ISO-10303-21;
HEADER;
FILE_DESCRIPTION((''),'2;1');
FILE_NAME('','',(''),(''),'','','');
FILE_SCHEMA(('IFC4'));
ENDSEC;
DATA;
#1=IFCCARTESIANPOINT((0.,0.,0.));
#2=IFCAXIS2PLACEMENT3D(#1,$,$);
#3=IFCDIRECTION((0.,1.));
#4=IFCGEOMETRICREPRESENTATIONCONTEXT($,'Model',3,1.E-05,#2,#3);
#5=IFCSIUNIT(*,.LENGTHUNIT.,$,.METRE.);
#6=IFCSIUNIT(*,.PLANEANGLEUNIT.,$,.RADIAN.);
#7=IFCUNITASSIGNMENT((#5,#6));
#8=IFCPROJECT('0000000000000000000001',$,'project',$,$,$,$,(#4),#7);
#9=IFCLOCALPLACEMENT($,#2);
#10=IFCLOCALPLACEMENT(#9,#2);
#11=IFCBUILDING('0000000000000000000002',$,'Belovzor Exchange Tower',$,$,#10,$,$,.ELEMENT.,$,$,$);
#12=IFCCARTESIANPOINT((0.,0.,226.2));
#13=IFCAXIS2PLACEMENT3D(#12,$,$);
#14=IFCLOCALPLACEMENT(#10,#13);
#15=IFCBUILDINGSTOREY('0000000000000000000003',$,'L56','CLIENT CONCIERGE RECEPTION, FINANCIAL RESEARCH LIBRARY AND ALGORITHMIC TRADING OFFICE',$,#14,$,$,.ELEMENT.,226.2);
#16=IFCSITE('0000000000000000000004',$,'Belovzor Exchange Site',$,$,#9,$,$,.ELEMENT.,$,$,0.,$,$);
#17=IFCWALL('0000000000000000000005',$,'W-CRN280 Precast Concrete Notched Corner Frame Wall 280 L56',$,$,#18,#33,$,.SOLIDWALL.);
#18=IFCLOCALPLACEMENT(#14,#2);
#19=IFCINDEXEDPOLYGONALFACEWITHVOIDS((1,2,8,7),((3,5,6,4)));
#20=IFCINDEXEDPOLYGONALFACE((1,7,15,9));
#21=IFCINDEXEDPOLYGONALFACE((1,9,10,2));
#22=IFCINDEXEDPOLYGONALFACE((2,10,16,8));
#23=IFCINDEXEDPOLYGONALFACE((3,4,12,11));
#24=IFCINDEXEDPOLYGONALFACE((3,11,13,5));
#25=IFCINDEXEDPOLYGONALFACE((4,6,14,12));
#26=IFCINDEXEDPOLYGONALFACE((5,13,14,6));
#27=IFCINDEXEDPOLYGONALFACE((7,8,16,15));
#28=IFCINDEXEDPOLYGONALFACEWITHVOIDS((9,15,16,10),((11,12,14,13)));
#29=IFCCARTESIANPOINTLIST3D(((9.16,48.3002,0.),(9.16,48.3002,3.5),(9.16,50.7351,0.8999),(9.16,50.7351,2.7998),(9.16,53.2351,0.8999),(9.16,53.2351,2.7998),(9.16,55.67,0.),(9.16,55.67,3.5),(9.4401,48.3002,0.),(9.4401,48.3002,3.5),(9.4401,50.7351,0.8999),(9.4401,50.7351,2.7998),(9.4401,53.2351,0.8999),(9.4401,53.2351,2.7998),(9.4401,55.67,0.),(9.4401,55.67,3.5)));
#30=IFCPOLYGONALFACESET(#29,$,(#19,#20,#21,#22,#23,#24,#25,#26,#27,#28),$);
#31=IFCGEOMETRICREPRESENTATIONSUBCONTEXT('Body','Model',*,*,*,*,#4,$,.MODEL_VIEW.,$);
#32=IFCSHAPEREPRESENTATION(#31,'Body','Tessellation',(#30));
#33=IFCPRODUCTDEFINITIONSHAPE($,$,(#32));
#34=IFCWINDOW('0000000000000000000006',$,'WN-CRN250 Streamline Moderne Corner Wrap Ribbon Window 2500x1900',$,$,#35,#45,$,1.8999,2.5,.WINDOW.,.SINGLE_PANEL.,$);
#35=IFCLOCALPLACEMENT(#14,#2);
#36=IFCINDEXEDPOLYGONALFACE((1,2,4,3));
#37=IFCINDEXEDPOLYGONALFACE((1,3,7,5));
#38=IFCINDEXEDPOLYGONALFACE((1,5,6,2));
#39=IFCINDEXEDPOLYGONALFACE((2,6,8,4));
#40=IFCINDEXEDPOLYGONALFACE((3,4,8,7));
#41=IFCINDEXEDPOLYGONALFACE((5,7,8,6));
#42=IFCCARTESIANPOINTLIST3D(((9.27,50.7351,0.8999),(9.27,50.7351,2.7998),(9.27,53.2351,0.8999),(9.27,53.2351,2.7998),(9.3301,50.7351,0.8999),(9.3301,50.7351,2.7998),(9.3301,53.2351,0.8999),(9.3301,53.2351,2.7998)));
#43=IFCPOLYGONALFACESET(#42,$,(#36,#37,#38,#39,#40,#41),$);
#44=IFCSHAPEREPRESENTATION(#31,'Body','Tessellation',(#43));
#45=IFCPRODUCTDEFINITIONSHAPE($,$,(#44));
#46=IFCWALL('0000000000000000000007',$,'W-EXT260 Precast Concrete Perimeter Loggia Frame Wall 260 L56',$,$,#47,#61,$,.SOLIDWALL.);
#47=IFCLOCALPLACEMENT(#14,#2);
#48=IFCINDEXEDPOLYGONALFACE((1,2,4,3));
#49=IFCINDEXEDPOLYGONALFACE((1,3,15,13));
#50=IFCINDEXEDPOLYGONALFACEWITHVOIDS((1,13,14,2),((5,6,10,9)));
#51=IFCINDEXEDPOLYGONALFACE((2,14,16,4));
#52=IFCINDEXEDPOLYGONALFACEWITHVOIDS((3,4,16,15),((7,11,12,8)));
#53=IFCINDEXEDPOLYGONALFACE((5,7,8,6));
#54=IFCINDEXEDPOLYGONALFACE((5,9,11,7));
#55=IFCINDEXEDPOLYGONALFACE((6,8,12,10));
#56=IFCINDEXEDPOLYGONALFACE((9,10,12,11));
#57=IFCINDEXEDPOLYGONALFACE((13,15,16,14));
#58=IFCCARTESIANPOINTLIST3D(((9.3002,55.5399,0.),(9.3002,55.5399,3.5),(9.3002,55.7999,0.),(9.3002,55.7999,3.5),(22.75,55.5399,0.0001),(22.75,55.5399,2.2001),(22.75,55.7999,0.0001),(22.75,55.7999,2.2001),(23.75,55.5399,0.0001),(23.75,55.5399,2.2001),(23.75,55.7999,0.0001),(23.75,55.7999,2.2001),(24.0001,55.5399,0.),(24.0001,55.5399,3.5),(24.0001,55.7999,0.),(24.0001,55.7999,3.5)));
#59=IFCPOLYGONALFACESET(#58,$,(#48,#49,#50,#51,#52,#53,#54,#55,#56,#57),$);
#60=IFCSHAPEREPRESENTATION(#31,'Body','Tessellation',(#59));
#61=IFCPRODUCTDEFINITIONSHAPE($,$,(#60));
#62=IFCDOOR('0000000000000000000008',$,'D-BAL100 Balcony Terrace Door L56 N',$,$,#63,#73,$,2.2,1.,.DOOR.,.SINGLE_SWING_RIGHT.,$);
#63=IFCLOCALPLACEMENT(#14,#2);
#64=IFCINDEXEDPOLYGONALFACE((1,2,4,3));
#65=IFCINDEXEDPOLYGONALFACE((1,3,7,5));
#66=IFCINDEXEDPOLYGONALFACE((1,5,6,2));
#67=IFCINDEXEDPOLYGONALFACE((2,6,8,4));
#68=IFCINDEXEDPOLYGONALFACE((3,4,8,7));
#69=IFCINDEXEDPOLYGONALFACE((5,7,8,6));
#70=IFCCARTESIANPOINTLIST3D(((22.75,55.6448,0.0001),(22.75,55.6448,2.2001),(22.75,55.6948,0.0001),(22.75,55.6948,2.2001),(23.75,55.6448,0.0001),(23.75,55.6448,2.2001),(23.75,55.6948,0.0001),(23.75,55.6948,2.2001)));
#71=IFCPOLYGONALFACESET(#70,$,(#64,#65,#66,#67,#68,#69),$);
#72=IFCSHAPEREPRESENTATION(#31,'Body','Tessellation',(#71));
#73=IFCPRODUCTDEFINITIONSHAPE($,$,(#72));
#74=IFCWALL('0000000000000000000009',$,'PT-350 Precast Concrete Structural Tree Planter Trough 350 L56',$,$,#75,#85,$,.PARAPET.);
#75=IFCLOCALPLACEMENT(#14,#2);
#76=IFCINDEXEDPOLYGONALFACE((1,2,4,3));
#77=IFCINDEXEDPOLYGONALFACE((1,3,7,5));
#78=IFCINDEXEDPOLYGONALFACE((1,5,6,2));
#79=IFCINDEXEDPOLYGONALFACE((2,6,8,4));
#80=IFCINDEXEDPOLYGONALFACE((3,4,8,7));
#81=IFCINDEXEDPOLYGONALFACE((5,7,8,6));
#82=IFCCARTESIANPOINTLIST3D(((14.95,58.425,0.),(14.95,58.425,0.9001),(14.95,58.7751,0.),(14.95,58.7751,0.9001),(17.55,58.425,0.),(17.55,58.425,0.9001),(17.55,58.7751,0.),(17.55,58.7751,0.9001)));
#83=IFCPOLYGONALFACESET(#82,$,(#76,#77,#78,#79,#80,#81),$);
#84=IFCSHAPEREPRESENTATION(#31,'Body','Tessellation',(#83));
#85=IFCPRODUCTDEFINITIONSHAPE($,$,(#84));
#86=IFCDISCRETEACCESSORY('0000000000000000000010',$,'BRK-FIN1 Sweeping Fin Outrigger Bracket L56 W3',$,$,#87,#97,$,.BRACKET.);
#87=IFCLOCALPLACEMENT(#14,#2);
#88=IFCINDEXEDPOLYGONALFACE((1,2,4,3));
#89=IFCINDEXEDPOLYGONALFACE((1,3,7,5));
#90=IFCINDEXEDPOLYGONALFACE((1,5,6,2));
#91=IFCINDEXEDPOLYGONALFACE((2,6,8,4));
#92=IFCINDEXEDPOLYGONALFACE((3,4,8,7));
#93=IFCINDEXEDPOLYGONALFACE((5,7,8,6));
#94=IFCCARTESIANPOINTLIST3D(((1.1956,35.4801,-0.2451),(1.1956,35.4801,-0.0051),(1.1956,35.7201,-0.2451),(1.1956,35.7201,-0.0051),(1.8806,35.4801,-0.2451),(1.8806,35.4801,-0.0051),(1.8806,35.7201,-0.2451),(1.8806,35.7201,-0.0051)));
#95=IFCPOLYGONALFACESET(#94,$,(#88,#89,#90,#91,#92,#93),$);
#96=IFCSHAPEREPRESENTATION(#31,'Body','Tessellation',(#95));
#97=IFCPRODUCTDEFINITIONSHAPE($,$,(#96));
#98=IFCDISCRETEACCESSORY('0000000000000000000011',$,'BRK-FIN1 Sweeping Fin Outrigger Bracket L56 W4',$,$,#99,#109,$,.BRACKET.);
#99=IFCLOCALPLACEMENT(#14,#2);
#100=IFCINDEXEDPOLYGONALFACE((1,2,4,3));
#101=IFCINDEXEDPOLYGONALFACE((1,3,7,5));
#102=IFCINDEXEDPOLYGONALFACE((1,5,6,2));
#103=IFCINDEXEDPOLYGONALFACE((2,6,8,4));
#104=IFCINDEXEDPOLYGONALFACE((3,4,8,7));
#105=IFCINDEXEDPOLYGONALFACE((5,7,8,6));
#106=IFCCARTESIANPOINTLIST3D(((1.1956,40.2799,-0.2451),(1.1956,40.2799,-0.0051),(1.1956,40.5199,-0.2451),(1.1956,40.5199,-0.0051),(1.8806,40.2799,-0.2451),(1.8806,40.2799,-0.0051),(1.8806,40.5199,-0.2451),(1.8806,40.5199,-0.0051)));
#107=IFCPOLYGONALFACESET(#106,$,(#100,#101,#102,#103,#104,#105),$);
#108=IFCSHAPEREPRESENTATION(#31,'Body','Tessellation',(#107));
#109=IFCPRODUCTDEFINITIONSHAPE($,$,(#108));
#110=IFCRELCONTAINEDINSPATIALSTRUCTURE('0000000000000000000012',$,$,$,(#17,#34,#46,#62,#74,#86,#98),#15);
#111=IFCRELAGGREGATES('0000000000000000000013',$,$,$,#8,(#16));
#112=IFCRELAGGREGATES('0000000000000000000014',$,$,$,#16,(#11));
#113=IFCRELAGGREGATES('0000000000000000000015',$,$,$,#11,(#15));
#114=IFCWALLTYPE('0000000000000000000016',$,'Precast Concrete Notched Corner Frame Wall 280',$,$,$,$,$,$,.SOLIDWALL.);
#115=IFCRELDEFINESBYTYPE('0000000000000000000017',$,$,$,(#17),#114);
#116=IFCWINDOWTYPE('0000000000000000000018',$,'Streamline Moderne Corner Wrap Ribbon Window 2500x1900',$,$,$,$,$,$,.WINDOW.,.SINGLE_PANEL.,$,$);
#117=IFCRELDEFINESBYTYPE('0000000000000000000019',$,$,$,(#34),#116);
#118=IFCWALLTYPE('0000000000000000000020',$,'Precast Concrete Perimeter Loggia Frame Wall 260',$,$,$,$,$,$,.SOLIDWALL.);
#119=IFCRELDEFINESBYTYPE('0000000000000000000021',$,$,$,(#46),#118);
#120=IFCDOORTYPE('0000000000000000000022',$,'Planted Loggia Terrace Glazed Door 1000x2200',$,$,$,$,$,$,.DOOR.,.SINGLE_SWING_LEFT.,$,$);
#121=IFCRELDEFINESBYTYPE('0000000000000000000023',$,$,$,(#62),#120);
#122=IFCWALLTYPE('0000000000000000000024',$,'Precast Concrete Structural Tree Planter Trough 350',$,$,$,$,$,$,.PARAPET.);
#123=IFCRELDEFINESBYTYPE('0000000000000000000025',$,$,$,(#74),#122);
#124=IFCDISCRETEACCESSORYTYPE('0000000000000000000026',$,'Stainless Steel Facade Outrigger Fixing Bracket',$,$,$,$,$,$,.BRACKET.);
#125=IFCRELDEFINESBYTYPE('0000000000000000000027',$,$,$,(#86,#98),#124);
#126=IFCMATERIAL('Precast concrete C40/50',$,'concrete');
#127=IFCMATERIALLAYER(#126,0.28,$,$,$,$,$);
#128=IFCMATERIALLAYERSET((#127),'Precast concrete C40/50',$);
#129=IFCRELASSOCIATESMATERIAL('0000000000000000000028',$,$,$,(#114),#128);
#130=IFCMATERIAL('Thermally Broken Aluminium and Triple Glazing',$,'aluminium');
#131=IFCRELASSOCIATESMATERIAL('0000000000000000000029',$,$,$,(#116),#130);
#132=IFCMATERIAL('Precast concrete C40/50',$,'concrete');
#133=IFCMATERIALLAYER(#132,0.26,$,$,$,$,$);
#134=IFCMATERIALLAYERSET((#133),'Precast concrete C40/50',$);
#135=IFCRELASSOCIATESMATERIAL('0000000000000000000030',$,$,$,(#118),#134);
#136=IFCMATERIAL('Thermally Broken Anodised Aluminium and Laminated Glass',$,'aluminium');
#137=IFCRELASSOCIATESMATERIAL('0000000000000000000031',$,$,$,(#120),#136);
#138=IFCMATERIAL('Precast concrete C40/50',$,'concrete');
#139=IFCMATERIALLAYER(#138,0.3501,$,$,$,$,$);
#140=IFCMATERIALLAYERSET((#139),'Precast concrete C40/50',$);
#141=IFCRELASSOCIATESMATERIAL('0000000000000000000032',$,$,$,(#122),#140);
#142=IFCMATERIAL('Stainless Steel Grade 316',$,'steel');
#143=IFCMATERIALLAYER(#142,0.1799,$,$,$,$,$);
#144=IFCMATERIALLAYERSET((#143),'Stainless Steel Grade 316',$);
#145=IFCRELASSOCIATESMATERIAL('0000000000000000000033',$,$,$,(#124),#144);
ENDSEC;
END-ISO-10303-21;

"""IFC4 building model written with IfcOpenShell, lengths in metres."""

from ifc_helpers import new_model, si_unit, direction, frame, frame_2d, origin, origin_2d, place, context, subcontext, project, spatial, rectangle, extrude, material, layer, layer_set, type_object, element, fill, save


model = new_model("IFC4")

# Units and contexts
model_context = context("Model", 3, precision=1e-05, world=origin(), true_north=direction((0.0, 1.0)))
body_context = subcontext(model_context, "Body", "Model", "MODEL_VIEW")
ifc_project = project(units=[si_unit("LENGTHUNIT", "METRE"), si_unit("PLANEANGLEUNIT", "RADIAN")], contexts=[model_context])

# Site, building, storey
site_placement = place(None, origin())
site = spatial("IfcSite", under=ifc_project, at=site_placement, Name="Belovzor Exchange Site", CompositionType="ELEMENT", RefElevation=0.0)
building_placement = place(site_placement, origin())
building = spatial("IfcBuilding", under=site, at=building_placement, Name="Belovzor Exchange Tower", CompositionType="ELEMENT")
storey_placement = place(building_placement, frame((0.0, 0.0, 226.2)))
storey = spatial("IfcBuildingStorey", under=building, at=storey_placement, Name="L56", Description="CLIENT CONCIERGE RECEPTION, FINANCIAL RESEARCH LIBRARY AND ALGORITHMIC TRADING OFFICE", CompositionType="ELEMENT", Elevation=226.2)

# Wall, opening, window
ifc_material_1 = material(Name="Precast concrete C40/50", Category="concrete")
ifc_layer_1 = layer(ifc_material_1, 0.28)
ifc_layer_set_1 = layer_set([ifc_layer_1], Name="Precast concrete C40/50")
wall_type_1 = type_object("IfcWallType", Name="Precast Concrete Notched Corner Frame Wall 280", PredefinedType="SOLIDWALL", material=ifc_layer_set_1)
ifc_material_2 = material(Name="Thermally Broken Aluminium and Triple Glazing", Category="aluminium")
window_type = type_object("IfcWindowType", Name="Streamline Moderne Corner Wrap Ribbon Window 2500x1900", PartitioningType="SINGLE_PANEL", PredefinedType="WINDOW", material=ifc_material_2)
wall_1_placement = place(storey_placement, frame((9.3, 48.3, 0.0), z_axis=(0.0, 0.0, 1.0), x_axis=(0.0, 1.0, 0.0)))
wall_1 = element("IfcWall", 1, at=wall_1_placement, inside=storey, type_object=wall_type_1, Name="W-CRN280 Precast Concrete Notched Corner Frame Wall 280 L56", PredefinedType="SOLIDWALL", context=body_context, shape_type="SweptSolid", body=[
    extrude(rectangle(XDim=7.3699, YDim=0.28, at=frame_2d((3.6851, 0.0))), origin(), (0.0, 0.0, 1.0), 3.5),
])
opening_1_placement = place(wall_1_placement, frame((2.4351, 0.0, 0.8999)))
opening_1 = element("IfcOpeningElement", 2, at=opening_1_placement, cuts=wall_1, PredefinedType="OPENING", context=body_context, shape_type="SweptSolid", body=[
    extrude(rectangle(XDim=2.5, YDim=1.8999, at=frame_2d((1.25, 0.95))), frame((0.0, 0.1499, 0.0), z_axis=(0.0, -1.0, 0.0), x_axis=(1.0, 0.0, 0.0)), (0.0, 0.0, 1.0), 0.3),
])
window_1_placement = place(opening_1_placement, origin())
window_1 = element("IfcWindow", 3, at=window_1_placement, inside=storey, type_object=window_type, Name="WN-CRN250 Streamline Moderne Corner Wrap Ribbon Window 2500x1900", OverallHeight=1.8999, OverallWidth=2.5, PartitioningType="SINGLE_PANEL", PredefinedType="WINDOW", context=body_context, shape_type="SweptSolid", body=[
    extrude(rectangle(XDim=2.5, YDim=1.8999, at=frame_2d((1.25, 0.95))), frame((0.0, 0.03, 0.0), z_axis=(0.0, -1.0, 0.0), x_axis=(1.0, 0.0, 0.0)), (0.0, 0.0, 1.0), 0.0601),
])
fill(opening_1, window_1)

# Wall, opening, door
ifc_material_3 = material(Name="Precast concrete C40/50", Category="concrete")
ifc_layer_2 = layer(ifc_material_3, 0.26)
ifc_layer_set_2 = layer_set([ifc_layer_2], Name="Precast concrete C40/50")
wall_type_2 = type_object("IfcWallType", Name="Precast Concrete Perimeter Loggia Frame Wall 260", PredefinedType="SOLIDWALL", material=ifc_layer_set_2)
wall_2_placement = place(storey_placement, frame((9.3, 55.6699, 0.0), z_axis=(0.0, 0.0, 1.0), x_axis=(1.0, 0.0, 0.0)))
wall_2 = element("IfcWall", 4, at=wall_2_placement, inside=storey, type_object=wall_type_2, Name="W-EXT260 Precast Concrete Perimeter Loggia Frame Wall 260 L56", PredefinedType="SOLIDWALL", context=body_context, shape_type="SweptSolid", body=[
    extrude(rectangle(XDim=14.7, YDim=0.26, at=frame_2d((7.3501, 0.0))), origin(), (0.0, 0.0, 1.0), 3.5),
])
opening_2_placement = place(wall_2_placement, frame((13.45, 0.0, 0.0)))
opening_2 = element("IfcOpeningElement", 5, at=opening_2_placement, cuts=wall_2, PredefinedType="OPENING", context=body_context, shape_type="SweptSolid", body=[
    extrude(rectangle(XDim=1.0, YDim=2.2, at=frame_2d((0.5, 1.1001))), frame((0.0, 0.1399, 0.0), z_axis=(0.0, -1.0, 0.0), x_axis=(1.0, 0.0, 0.0)), (0.0, 0.0, 1.0), 0.28),
])
ifc_material_4 = material(Name="Thermally Broken Anodised Aluminium and Laminated Glass", Category="aluminium")
door_type_1 = type_object("IfcDoorType", Name="Planted Loggia Terrace Glazed Door 1000x2200", OperationType="SINGLE_SWING_LEFT", PredefinedType="DOOR", material=ifc_material_4)
door_1_placement = place(opening_2_placement, origin())
door_1 = element("IfcDoor", 6, at=door_1_placement, inside=storey, type_object=door_type_1, Name="D-BAL100 Balcony Terrace Door L56 N", OperationType="SINGLE_SWING_RIGHT", OverallHeight=2.2, OverallWidth=1.0, PredefinedType="DOOR", context=body_context, shape_type="SweptSolid", body=[
    extrude(rectangle(XDim=1.0, YDim=2.2, at=frame_2d((0.5, 1.1001))), frame((0.0, 0.0249, 0.0), z_axis=(0.0, -1.0, 0.0), x_axis=(1.0, 0.0, 0.0)), (0.0, 0.0, 1.0), 0.05),
])
fill(opening_2, door_1)

# Wall
ifc_material_5 = material(Name="Precast concrete C40/50", Category="concrete")
ifc_layer_3 = layer(ifc_material_5, 0.3501)
ifc_layer_set_3 = layer_set([ifc_layer_3], Name="Precast concrete C40/50")
wall_type_3 = type_object("IfcWallType", Name="Precast Concrete Structural Tree Planter Trough 350", PredefinedType="PARAPET", material=ifc_layer_set_3)
wall_3_placement = place(storey_placement, frame((14.95, 58.6001, 0.0), z_axis=(0.0, 0.0, 1.0), x_axis=(1.0, 0.0, 0.0)))
element("IfcWall", 7, at=wall_3_placement, inside=storey, type_object=wall_type_3, Name="PT-350 Precast Concrete Structural Tree Planter Trough 350 L56", PredefinedType="PARAPET", context=body_context, shape_type="SweptSolid", body=[
    extrude(rectangle(XDim=2.6001, YDim=0.3501, at=frame_2d((1.3, 0.0))), origin(), (0.0, 0.0, 1.0), 0.9001),
])

# Discrete accessories
ifc_material_6 = material(Name="Stainless Steel Grade 316", Category="steel")
ifc_layer_4 = layer(ifc_material_6, 0.1799)
ifc_layer_set_4 = layer_set([ifc_layer_4], Name="Stainless Steel Grade 316")
discrete_accessory_type = type_object("IfcDiscreteAccessoryType", Name="Stainless Steel Facade Outrigger Fixing Bracket", PredefinedType="BRACKET", material=ifc_layer_set_4)
for number, where, z_axis, x_axis, name in (
    (8, (1.5381, 35.6001, -0.2451), (0.0, 0.0, 1.0), (1.0, 0.0, 0.0), "BRK-FIN1 Sweeping Fin Outrigger Bracket L56 W3"),
    (9, (1.5381, 40.3999, -0.2451), (0.0, 0.0, 1.0), (1.0, 0.0, 0.0), "BRK-FIN1 Sweeping Fin Outrigger Bracket L56 W4"),
):
    element("IfcDiscreteAccessory", number, at=place(storey_placement, frame(where, z_axis=z_axis, x_axis=x_axis)), inside=storey, type_object=discrete_accessory_type, Name=name, PredefinedType="BRACKET", context=body_context, shape_type="SweptSolid", body=[
        extrude(rectangle(XDim=0.6851, YDim=0.24, at=origin_2d()), origin(), (0.0, 0.0, 1.0), 0.24),
    ])

save(model, "model.ifc")
